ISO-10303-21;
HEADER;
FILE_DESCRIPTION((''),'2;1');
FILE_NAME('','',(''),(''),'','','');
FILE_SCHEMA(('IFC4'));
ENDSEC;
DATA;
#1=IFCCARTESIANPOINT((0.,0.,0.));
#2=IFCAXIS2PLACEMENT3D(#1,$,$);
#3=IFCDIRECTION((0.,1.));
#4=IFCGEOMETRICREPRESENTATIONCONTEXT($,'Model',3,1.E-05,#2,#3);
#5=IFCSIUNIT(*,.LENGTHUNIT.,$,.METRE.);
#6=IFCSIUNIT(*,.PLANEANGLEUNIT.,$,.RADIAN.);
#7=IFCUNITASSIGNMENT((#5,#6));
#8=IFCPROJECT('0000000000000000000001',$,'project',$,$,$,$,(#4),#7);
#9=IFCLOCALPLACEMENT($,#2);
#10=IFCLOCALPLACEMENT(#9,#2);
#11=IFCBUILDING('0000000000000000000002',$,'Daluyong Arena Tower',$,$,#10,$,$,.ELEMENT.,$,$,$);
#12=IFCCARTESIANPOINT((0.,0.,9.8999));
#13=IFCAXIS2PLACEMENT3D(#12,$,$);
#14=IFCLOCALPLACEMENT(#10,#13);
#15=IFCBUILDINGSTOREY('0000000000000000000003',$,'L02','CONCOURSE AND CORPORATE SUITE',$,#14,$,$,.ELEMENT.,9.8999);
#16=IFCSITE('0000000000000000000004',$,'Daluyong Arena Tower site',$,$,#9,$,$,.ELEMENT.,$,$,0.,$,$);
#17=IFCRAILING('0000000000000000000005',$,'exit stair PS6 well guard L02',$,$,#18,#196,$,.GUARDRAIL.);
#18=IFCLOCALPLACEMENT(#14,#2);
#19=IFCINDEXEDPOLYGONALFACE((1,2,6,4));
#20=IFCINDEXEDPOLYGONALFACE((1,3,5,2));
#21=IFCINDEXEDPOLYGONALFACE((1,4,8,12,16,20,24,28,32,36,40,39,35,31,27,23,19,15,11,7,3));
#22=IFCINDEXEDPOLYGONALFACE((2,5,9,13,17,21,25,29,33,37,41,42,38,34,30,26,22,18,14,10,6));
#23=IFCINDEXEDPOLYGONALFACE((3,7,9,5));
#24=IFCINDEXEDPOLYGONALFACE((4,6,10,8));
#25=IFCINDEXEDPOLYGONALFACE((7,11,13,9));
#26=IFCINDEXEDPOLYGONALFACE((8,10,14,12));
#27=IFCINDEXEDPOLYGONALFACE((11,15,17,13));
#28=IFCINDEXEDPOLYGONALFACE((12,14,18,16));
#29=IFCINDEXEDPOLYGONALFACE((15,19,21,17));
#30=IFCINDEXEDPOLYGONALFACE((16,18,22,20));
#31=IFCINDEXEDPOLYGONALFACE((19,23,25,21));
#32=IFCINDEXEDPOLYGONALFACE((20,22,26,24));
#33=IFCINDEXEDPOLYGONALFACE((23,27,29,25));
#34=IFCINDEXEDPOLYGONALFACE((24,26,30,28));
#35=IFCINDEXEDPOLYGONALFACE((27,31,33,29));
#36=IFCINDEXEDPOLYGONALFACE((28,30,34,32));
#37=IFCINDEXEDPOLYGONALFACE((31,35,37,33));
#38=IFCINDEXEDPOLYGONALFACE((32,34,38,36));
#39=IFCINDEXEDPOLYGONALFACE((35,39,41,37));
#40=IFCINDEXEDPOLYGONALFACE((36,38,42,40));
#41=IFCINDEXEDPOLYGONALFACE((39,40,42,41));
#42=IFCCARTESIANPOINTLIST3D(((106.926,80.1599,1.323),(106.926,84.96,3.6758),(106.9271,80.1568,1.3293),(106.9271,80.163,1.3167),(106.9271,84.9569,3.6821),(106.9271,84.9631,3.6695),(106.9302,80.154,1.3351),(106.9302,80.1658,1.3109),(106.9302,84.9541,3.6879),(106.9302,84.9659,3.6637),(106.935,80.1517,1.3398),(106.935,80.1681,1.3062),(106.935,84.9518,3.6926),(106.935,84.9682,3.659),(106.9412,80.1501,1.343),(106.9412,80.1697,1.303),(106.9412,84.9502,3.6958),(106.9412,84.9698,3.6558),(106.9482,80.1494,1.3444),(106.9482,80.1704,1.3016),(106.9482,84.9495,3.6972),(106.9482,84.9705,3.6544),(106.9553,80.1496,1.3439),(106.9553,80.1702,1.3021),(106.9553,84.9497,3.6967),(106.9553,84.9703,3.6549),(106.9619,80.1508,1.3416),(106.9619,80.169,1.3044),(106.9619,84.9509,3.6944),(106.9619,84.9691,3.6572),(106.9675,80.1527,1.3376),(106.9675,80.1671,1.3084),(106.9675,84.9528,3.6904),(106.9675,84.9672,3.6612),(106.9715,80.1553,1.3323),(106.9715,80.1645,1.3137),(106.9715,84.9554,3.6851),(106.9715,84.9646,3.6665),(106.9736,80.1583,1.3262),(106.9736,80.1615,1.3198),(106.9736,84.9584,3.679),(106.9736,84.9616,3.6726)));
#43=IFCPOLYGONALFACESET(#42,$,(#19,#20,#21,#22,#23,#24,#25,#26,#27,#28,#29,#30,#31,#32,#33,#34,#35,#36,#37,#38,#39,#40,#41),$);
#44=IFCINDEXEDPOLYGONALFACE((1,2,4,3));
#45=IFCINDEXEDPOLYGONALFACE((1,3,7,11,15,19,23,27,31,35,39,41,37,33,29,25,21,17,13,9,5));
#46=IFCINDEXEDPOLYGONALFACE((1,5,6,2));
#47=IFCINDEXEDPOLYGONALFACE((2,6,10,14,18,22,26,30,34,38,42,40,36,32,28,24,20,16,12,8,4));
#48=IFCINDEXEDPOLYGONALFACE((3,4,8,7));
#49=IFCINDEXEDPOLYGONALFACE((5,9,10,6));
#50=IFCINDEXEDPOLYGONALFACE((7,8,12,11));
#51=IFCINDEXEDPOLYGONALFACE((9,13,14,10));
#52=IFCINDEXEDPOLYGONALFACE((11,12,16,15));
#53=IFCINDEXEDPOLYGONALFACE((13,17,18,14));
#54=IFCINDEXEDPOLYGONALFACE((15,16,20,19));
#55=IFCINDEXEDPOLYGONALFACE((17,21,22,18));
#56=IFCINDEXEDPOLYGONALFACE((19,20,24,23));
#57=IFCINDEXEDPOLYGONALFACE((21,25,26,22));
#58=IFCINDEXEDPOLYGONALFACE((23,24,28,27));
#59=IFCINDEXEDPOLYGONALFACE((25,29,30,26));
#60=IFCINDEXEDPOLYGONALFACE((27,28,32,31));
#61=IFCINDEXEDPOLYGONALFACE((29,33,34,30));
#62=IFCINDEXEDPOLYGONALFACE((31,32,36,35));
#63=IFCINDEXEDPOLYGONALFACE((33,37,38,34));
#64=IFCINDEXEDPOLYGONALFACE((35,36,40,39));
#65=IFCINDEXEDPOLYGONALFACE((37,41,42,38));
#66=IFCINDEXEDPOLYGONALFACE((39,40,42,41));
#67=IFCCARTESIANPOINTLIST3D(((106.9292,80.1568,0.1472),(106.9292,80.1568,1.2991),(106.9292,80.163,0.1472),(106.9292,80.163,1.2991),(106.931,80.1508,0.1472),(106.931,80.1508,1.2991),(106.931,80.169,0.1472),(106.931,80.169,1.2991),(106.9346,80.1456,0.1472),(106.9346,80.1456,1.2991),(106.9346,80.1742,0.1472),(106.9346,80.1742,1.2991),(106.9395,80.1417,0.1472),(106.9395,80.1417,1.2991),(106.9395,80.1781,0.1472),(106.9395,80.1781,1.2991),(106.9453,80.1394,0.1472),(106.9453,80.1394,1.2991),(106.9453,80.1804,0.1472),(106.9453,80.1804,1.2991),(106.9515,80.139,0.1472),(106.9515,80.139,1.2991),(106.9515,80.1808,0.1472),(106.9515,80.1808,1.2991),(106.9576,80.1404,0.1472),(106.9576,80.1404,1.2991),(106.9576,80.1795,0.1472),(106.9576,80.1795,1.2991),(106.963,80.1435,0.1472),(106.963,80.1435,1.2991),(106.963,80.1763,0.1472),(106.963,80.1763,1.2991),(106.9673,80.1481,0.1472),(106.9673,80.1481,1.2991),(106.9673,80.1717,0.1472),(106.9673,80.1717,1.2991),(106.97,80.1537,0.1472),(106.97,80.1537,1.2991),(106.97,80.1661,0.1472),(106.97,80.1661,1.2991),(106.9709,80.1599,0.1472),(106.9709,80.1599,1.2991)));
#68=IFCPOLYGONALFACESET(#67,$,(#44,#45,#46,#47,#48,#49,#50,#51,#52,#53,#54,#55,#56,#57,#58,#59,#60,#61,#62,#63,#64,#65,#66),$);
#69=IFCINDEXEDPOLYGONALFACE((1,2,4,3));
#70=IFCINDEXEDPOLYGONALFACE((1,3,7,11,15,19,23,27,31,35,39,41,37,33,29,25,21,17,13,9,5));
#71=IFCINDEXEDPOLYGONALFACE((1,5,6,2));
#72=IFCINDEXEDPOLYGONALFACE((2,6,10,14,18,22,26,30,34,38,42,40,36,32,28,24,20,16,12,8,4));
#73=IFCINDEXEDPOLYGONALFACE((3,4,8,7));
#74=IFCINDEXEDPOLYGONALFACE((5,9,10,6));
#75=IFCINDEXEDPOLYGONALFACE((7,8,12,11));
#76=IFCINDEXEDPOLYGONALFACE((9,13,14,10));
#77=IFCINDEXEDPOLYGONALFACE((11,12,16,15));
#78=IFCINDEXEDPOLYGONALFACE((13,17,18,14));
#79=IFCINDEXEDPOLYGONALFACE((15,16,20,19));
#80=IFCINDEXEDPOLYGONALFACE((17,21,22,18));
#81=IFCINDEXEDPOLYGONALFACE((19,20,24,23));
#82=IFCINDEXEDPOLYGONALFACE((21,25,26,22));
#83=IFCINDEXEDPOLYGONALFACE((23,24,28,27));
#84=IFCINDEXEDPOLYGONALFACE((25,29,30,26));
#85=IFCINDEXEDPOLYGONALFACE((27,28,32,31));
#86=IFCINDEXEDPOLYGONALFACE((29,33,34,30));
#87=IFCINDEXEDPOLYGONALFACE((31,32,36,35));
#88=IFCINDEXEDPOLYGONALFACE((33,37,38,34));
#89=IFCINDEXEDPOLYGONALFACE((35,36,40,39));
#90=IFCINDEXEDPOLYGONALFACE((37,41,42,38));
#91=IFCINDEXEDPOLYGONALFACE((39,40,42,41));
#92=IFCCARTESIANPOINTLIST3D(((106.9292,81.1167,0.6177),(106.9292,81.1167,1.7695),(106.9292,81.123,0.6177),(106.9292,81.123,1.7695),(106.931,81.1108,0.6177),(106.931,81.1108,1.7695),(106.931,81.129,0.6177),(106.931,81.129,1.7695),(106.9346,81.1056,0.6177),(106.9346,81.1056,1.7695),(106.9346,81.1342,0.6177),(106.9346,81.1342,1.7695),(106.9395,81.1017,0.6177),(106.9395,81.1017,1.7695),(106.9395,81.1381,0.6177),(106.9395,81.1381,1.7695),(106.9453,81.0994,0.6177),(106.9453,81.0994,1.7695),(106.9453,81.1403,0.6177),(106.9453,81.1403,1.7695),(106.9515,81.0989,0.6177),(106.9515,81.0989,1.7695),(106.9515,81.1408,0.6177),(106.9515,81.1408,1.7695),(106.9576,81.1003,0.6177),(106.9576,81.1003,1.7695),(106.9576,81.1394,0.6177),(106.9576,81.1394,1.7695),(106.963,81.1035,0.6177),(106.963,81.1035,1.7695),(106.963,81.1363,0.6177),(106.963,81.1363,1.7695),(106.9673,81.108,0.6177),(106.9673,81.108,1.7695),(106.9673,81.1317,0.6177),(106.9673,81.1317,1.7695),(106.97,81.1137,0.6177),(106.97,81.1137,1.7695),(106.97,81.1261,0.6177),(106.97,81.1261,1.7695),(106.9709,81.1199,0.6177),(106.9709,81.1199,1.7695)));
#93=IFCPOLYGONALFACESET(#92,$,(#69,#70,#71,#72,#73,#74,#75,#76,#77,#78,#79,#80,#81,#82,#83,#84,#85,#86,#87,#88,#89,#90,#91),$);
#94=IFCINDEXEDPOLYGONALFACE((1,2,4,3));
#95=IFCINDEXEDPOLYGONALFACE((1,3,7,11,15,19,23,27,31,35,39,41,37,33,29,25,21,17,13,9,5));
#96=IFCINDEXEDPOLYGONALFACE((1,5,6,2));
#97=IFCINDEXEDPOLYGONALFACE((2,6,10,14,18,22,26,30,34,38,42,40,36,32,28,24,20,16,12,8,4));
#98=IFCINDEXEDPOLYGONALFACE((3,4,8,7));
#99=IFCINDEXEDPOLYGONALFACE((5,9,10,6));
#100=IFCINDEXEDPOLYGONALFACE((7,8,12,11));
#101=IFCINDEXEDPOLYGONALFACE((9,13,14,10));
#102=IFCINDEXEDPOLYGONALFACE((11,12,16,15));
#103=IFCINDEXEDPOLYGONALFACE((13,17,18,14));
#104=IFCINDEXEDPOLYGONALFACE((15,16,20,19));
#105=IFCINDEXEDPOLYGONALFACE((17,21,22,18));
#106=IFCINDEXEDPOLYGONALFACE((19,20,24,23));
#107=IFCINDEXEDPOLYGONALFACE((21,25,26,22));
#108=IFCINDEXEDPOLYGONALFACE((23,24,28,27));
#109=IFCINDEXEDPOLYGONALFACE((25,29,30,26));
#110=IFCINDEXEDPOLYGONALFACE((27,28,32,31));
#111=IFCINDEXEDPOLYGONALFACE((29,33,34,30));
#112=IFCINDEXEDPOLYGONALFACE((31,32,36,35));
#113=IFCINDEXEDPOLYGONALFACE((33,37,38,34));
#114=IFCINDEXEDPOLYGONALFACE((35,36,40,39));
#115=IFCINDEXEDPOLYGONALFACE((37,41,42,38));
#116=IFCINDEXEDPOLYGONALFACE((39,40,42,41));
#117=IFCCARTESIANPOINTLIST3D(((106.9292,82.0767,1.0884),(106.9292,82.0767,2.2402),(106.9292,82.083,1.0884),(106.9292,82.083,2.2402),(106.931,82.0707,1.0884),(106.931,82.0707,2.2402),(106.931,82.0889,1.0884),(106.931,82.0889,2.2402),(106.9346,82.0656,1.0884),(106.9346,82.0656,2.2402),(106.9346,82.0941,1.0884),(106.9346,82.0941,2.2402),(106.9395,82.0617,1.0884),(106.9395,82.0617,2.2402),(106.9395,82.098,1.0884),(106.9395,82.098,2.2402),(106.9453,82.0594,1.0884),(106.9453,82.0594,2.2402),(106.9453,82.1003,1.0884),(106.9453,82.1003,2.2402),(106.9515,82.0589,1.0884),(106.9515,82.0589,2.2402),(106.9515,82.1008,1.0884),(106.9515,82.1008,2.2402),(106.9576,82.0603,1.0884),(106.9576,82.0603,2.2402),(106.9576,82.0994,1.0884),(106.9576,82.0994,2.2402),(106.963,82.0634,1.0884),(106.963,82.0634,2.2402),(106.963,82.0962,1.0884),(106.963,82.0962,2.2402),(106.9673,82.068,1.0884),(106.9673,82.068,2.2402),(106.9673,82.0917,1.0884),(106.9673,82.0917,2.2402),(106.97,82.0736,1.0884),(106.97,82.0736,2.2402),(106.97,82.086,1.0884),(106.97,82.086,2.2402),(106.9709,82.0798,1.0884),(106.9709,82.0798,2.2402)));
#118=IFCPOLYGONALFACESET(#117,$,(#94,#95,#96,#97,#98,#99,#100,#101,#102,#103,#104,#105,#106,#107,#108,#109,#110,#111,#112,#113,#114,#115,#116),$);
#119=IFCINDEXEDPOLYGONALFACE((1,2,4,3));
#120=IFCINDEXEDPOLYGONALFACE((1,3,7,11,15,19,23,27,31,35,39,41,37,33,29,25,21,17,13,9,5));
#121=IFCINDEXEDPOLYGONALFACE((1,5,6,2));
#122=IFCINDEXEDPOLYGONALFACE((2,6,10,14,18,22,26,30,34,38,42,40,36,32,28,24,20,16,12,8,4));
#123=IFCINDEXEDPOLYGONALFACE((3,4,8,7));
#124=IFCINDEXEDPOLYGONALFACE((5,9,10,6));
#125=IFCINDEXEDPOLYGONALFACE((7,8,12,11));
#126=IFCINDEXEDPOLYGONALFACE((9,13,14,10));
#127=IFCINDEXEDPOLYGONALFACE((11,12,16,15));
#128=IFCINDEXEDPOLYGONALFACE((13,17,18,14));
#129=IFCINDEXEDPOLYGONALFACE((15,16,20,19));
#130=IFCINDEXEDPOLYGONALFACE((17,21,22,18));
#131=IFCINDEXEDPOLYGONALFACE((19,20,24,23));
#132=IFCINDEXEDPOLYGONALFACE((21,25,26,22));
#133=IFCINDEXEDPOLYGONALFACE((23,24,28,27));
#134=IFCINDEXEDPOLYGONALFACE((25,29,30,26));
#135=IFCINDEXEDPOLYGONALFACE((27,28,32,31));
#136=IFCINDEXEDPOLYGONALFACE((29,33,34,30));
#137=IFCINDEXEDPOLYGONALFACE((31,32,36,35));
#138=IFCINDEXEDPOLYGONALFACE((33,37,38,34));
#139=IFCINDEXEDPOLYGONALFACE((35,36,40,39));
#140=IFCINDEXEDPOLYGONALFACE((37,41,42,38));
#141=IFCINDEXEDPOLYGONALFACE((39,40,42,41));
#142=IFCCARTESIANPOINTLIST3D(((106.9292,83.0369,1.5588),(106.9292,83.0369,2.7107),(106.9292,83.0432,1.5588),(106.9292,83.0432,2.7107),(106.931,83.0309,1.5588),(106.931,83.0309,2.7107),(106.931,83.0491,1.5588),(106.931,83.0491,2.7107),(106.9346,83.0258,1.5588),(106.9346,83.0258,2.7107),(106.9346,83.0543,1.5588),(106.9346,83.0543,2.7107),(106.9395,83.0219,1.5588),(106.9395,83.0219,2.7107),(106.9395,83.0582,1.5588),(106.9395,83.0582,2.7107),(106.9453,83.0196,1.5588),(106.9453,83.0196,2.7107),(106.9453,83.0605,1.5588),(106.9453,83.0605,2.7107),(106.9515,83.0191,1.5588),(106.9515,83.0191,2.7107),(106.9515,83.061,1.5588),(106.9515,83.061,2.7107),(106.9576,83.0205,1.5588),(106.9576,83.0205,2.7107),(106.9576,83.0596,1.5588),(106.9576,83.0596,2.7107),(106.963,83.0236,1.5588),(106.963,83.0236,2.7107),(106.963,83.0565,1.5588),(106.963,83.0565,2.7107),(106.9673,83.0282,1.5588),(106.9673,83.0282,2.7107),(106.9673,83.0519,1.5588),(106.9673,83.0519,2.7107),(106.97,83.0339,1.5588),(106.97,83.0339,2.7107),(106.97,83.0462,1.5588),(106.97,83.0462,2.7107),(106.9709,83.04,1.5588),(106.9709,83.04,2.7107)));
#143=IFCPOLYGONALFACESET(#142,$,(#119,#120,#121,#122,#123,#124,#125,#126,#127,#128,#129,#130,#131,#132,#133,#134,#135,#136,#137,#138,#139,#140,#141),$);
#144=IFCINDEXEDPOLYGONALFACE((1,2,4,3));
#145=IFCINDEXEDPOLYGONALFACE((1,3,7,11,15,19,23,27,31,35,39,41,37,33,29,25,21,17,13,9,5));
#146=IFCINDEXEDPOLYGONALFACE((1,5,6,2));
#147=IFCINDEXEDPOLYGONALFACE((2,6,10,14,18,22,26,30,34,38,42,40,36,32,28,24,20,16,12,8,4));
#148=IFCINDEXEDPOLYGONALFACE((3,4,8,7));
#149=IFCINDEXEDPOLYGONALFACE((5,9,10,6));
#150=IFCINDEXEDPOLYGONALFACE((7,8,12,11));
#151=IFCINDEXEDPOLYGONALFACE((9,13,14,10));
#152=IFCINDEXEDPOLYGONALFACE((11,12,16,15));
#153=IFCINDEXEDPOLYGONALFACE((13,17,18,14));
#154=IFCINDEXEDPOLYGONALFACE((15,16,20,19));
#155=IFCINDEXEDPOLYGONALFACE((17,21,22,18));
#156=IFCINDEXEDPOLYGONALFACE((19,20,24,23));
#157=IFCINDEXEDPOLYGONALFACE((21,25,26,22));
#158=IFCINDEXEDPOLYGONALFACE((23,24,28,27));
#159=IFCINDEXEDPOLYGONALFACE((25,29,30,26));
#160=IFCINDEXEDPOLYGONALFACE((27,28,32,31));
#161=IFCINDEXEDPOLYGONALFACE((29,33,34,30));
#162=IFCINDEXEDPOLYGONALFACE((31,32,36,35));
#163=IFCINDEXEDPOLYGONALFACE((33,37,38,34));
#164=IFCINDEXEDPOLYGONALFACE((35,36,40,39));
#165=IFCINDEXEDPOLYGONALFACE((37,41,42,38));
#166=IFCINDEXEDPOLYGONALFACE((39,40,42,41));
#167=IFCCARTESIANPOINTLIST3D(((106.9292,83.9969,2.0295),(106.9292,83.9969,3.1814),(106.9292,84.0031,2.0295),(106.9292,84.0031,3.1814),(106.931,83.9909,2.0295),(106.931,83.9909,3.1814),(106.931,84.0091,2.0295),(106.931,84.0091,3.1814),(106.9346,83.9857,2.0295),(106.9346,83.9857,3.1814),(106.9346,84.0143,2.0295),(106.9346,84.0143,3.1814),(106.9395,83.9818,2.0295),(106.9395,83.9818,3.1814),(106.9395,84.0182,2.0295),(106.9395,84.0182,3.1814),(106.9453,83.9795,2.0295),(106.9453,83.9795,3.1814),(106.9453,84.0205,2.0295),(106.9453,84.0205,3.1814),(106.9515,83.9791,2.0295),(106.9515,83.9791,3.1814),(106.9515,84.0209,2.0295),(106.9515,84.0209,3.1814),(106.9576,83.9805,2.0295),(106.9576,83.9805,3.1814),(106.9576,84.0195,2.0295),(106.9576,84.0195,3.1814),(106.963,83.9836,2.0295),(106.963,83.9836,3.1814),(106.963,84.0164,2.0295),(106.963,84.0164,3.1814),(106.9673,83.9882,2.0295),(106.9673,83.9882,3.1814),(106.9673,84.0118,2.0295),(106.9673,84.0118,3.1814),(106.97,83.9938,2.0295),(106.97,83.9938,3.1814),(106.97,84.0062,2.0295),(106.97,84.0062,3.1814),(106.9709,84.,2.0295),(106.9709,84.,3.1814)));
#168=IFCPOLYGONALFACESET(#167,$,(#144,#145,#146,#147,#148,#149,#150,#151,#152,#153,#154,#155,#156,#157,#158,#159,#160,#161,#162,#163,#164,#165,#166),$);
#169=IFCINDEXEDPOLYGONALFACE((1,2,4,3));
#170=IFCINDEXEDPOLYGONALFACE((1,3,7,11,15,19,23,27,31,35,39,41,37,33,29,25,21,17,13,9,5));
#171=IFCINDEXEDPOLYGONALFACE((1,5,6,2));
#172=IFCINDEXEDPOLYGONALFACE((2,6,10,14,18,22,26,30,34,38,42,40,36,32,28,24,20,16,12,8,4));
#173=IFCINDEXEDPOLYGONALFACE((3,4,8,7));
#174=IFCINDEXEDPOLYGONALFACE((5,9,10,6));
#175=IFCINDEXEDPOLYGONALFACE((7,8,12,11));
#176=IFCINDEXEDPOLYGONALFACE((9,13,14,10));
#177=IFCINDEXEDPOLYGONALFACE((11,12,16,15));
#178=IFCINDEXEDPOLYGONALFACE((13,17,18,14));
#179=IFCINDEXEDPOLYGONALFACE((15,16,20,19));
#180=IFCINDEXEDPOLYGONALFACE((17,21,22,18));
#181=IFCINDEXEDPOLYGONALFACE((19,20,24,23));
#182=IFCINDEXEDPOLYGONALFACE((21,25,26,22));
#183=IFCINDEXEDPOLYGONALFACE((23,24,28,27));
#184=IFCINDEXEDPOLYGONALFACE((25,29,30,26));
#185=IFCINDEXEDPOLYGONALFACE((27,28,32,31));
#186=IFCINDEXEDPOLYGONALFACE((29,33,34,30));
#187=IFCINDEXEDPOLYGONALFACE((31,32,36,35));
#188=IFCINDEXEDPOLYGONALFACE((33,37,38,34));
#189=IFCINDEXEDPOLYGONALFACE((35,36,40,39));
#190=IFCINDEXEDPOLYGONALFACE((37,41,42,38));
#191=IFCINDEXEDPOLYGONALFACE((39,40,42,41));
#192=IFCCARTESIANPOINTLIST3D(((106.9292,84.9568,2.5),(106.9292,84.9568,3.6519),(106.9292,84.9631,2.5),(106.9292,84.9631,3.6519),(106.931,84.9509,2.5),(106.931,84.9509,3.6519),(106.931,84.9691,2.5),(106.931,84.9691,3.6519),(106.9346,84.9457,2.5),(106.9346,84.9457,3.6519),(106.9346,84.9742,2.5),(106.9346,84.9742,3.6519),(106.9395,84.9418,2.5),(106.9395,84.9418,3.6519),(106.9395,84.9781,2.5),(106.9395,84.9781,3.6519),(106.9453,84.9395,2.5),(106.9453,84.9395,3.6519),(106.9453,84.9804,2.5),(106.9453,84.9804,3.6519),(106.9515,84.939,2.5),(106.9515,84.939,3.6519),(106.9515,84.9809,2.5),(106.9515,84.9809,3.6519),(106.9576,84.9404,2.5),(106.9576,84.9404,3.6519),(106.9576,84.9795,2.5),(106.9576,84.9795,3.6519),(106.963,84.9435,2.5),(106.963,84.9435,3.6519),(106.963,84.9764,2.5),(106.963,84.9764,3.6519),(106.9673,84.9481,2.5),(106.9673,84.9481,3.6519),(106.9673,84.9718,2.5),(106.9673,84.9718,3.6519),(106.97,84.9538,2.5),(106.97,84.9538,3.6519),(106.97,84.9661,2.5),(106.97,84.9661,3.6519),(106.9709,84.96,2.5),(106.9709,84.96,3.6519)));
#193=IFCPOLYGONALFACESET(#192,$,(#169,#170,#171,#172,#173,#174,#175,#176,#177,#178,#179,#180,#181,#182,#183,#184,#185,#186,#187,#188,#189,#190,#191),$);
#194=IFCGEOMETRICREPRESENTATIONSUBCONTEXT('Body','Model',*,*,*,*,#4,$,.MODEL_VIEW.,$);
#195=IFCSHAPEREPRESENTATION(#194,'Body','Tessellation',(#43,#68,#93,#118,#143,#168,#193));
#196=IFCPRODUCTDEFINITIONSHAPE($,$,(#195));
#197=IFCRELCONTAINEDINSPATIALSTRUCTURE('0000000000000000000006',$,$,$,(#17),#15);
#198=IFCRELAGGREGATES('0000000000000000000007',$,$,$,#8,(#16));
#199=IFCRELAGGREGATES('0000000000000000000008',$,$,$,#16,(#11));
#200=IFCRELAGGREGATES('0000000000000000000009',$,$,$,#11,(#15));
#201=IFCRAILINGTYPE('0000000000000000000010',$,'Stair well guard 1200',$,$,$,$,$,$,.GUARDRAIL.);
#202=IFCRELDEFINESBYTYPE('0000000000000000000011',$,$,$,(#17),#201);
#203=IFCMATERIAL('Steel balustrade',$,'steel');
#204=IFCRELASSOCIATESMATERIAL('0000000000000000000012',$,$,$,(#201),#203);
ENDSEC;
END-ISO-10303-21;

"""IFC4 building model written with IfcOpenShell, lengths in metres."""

from ifc_helpers import new_model, si_unit, direction, frame, origin, origin_2d, place, context, subcontext, project, spatial, circle, extrude, material, type_object, element, save


model = new_model("IFC4")

# Units and contexts
model_context = context("Model", 3, precision=1e-05, world=origin(), true_north=direction((0.0, 1.0)))
body_context = subcontext(model_context, "Body", "Model", "MODEL_VIEW")
ifc_project = project(units=[si_unit("LENGTHUNIT", "METRE"), si_unit("PLANEANGLEUNIT", "RADIAN")], contexts=[model_context])

# Site, building, storey
site_placement = place(None, origin())
site = spatial("IfcSite", under=ifc_project, at=site_placement, Name="Daluyong Arena Tower site", CompositionType="ELEMENT", RefElevation=0.0)
building_placement = place(site_placement, origin())
building = spatial("IfcBuilding", under=site, at=building_placement, Name="Daluyong Arena Tower", CompositionType="ELEMENT")
storey_placement = place(building_placement, frame((0.0, 0.0, 9.8999)))
storey = spatial("IfcBuildingStorey", under=building, at=storey_placement, Name="L02", Description="CONCOURSE AND CORPORATE SUITE", CompositionType="ELEMENT", Elevation=9.8999)

# Railing
ifc_material_1 = material(Name="Steel balustrade", Category="steel")
railing_type_1 = type_object("IfcRailingType", Name="Stair well guard 1200", PredefinedType="GUARDRAIL", material=ifc_material_1)
railing_1_placement = place(storey_placement, frame((106.95, 80.1599, 0.1472)))
element("IfcRailing", 1, at=railing_1_placement, inside=storey, type_object=railing_type_1, Name="exit stair PS6 well guard L02", PredefinedType="GUARDRAIL", context=body_context, shape_type="SweptSolid", body=[
    extrude(circle(Radius=0.0239, at=origin_2d()), frame((0.0, 0.0, 1.1758), z_axis=(0.0, 0.897934, 0.44013), x_axis=(-1.0, 0.0, 0.0)), (0.0, 0.0, 1.0), 5.3457),
    extrude(circle(Radius=0.021, at=origin_2d()), origin(), (0.0, 0.0, 1.0), 1.1519),
    extrude(circle(Radius=0.021, at=origin_2d()), frame((0.0, 0.96, 0.4705)), (0.0, 0.0, 1.0), 1.1519),
    extrude(circle(Radius=0.021, at=origin_2d()), frame((0.0, 1.9199, 0.9412)), (0.0, 0.0, 1.0), 1.1519),
    extrude(circle(Radius=0.021, at=origin_2d()), frame((0.0, 2.8801, 1.4116)), (0.0, 0.0, 1.0), 1.1519),
    extrude(circle(Radius=0.021, at=origin_2d()), frame((0.0, 3.8401, 1.8823)), (0.0, 0.0, 1.0), 1.1519),
    extrude(circle(Radius=0.021, at=origin_2d()), frame((0.0, 4.8, 2.3528)), (0.0, 0.0, 1.0), 1.1519),
])

save(model, "model.ifc")
